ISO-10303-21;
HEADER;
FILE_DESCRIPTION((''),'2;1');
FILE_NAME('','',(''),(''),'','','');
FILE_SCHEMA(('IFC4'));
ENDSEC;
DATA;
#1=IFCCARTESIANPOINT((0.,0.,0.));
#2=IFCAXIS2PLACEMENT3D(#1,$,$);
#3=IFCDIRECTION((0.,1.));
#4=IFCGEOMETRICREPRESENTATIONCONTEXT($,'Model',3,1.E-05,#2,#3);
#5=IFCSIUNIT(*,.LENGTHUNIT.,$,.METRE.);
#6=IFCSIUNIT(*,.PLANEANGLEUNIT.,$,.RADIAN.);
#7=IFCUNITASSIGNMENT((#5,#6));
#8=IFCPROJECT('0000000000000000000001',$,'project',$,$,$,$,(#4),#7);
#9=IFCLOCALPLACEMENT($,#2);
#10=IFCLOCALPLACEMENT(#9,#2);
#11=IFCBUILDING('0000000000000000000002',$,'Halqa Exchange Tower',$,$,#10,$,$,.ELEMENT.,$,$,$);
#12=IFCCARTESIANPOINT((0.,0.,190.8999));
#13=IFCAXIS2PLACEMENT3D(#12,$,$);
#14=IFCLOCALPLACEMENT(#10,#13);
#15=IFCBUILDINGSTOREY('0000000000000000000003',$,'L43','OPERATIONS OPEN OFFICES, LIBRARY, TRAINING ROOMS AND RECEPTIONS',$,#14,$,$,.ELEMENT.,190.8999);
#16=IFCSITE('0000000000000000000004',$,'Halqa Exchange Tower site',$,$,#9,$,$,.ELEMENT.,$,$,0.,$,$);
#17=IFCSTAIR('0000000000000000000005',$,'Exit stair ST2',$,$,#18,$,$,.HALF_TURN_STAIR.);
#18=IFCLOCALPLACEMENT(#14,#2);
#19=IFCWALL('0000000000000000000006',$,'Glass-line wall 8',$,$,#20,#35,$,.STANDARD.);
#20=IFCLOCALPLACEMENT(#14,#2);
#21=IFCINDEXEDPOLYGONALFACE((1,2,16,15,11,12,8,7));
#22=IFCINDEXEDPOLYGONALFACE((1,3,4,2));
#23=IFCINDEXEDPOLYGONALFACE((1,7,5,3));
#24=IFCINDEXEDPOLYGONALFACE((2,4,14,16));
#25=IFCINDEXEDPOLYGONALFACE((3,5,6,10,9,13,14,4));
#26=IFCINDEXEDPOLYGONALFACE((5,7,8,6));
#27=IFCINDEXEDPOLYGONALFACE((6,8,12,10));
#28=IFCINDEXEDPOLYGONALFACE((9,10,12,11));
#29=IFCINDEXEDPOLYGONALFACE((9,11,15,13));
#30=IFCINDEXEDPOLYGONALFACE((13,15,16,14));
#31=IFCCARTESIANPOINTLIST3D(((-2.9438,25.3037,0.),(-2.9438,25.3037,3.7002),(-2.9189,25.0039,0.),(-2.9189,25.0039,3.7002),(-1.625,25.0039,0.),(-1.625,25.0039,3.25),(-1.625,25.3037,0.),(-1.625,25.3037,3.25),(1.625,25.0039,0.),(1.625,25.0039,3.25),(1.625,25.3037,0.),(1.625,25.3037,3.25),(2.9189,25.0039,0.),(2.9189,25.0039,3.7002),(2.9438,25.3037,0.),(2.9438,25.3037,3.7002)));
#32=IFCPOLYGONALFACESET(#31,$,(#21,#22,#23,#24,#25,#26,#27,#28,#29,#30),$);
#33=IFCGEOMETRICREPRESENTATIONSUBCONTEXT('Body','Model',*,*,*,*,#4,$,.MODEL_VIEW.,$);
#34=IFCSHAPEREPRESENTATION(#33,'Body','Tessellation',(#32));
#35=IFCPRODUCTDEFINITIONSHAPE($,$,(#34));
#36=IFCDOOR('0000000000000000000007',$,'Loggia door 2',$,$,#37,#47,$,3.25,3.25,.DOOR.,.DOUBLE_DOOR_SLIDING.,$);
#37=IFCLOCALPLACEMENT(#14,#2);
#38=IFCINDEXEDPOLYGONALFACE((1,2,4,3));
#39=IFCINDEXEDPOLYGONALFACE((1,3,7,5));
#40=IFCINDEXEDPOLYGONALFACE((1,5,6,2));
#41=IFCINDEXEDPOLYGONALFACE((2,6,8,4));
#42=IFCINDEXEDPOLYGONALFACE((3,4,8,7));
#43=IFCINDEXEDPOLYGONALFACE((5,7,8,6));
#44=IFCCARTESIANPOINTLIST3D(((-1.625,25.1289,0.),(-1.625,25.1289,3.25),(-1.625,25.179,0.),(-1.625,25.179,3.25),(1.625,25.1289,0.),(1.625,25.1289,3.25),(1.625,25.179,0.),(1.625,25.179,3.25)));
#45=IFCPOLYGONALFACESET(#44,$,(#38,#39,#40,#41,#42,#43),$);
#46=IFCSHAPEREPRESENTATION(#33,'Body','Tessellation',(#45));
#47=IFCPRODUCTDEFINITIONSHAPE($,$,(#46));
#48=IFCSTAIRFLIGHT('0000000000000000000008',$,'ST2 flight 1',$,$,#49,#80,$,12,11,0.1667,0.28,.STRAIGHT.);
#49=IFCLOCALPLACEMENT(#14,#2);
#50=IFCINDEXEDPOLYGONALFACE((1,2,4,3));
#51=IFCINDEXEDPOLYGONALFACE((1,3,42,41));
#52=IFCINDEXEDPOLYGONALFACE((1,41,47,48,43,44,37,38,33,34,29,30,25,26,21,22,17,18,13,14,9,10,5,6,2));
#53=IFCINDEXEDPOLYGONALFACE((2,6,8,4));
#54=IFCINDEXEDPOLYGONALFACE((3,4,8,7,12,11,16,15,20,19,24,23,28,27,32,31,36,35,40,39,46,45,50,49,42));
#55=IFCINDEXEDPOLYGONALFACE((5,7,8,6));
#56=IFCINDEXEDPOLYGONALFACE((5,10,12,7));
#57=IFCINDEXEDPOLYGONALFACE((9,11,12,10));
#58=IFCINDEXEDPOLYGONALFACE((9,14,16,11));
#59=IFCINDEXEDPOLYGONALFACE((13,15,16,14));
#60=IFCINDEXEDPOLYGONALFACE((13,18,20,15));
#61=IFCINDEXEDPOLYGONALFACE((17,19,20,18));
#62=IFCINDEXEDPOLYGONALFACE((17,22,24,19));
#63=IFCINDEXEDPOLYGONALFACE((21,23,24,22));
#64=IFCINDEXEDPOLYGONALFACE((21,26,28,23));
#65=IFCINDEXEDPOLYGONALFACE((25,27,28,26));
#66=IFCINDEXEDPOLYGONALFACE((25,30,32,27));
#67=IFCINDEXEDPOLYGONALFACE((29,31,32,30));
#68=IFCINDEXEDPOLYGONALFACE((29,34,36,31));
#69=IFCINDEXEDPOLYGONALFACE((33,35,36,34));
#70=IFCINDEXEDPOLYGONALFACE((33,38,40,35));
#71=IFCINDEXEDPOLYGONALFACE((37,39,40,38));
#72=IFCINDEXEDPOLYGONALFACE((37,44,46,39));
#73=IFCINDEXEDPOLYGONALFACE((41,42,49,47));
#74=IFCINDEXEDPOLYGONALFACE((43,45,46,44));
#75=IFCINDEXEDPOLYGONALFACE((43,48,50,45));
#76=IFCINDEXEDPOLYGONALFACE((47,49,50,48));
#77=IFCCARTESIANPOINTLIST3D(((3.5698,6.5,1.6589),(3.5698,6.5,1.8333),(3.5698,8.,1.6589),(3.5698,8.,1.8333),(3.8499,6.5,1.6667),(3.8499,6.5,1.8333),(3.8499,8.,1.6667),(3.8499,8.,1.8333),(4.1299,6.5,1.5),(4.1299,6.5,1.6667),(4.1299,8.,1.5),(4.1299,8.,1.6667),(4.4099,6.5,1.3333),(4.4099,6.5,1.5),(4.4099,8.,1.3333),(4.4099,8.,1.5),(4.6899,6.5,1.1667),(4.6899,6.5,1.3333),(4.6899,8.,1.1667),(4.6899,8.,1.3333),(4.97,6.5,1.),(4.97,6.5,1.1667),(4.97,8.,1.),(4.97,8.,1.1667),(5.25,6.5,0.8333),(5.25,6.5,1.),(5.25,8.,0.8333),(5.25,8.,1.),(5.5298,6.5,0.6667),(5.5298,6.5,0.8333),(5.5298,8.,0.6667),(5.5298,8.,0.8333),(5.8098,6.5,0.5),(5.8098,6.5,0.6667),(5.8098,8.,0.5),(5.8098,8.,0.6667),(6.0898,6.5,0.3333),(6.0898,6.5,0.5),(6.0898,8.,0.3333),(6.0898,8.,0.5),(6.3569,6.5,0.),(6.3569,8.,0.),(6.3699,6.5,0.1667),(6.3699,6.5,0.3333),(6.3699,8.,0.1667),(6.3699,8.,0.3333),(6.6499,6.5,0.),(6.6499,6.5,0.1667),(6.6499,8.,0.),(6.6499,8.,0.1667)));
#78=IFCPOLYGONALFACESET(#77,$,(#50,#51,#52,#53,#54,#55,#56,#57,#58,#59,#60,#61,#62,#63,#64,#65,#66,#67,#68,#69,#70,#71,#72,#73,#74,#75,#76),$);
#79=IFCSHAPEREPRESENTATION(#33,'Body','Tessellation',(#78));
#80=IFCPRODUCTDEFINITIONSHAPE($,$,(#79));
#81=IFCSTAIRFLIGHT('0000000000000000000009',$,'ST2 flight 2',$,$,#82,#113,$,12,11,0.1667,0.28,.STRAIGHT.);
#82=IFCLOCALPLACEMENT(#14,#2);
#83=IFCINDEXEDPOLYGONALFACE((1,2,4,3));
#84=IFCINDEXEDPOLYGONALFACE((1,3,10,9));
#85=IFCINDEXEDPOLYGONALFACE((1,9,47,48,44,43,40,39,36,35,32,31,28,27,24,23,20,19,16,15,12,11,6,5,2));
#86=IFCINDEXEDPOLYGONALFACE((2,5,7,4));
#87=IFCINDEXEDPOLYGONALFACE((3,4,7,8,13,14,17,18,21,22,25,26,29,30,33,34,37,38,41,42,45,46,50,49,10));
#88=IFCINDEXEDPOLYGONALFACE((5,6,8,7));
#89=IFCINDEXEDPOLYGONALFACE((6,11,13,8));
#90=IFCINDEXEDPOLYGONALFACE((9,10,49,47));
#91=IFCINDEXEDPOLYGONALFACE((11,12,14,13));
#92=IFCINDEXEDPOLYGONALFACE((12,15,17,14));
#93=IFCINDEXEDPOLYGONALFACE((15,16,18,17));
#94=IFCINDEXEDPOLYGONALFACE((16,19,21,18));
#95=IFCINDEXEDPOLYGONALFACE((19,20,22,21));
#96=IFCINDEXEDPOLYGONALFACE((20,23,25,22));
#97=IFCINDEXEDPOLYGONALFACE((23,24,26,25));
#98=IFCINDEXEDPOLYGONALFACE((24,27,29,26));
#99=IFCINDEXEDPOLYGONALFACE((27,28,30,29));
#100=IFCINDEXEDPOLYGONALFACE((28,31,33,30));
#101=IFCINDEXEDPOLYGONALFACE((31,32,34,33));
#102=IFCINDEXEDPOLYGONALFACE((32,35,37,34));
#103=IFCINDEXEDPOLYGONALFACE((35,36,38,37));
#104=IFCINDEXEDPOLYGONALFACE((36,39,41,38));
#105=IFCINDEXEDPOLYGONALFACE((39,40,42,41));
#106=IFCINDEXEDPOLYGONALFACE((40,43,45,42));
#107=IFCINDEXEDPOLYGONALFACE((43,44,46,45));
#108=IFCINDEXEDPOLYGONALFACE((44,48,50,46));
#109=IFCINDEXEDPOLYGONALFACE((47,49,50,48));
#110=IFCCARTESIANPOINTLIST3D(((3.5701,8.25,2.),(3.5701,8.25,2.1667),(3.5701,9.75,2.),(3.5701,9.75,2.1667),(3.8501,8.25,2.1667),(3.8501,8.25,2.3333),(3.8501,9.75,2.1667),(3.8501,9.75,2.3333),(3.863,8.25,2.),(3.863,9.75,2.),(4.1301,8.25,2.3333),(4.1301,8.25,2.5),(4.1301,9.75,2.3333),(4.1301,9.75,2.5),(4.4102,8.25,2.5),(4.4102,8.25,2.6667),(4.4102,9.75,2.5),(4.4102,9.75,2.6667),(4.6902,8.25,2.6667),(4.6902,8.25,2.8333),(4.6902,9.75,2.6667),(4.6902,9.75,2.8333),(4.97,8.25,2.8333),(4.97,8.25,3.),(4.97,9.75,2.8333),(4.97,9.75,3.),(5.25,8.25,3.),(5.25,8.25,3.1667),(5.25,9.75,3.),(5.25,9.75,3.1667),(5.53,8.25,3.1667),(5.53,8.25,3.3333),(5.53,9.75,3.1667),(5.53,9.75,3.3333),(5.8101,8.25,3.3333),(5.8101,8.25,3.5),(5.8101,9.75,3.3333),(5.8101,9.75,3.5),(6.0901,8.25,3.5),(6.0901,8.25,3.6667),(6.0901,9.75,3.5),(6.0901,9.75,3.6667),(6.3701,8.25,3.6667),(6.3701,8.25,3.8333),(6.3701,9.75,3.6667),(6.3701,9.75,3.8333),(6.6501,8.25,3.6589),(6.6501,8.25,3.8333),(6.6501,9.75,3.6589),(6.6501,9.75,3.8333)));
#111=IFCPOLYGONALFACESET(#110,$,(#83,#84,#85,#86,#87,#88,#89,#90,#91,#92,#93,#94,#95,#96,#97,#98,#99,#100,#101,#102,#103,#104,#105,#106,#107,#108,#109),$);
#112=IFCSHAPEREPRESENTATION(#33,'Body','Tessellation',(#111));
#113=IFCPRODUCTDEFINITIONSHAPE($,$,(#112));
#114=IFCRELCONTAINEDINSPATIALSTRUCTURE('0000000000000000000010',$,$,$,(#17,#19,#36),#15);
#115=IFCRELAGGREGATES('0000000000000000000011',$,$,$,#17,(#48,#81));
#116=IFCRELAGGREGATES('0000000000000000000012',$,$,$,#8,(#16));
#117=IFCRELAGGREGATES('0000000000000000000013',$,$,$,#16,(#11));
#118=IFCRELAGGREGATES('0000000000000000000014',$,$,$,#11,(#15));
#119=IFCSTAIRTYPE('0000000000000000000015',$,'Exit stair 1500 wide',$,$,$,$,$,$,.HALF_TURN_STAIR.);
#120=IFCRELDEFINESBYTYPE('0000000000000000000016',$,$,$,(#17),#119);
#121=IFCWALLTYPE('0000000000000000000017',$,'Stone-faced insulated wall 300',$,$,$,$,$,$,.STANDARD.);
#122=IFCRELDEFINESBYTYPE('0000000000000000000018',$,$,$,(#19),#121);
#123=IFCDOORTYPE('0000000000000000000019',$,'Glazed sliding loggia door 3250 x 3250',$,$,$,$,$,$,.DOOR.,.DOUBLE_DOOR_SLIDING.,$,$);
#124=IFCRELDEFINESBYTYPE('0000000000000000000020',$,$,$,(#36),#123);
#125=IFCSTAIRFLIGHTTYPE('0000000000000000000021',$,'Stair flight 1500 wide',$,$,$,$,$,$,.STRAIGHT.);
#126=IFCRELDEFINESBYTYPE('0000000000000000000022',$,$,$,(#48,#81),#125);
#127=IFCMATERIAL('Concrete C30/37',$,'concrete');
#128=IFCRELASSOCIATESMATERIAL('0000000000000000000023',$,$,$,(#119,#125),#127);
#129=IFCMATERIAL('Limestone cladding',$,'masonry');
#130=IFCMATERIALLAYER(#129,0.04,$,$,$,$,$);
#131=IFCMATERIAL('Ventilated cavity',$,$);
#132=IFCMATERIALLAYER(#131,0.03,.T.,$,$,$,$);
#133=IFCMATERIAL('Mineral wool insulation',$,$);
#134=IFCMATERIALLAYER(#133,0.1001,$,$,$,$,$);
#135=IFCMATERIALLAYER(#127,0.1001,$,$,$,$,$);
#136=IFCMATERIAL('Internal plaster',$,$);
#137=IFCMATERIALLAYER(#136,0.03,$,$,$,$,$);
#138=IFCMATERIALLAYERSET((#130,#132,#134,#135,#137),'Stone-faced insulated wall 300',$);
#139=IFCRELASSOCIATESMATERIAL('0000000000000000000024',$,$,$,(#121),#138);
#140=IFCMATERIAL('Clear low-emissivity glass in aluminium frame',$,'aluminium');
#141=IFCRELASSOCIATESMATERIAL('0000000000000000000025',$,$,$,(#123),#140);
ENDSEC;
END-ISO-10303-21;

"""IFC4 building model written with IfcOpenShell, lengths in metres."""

from ifc_helpers import new_model, si_unit, direction, frame, frame_2d, origin, place, context, subcontext, project, spatial, polyline, rectangle, outline, extrude, material, layer, layer_set, type_object, element, fill, aggregate, save


model = new_model("IFC4")

# Units and contexts
model_context = context("Model", 3, precision=1e-05, world=origin(), true_north=direction((0.0, 1.0)))
body_context = subcontext(model_context, "Body", "Model", "MODEL_VIEW")
ifc_project = project(units=[si_unit("LENGTHUNIT", "METRE"), si_unit("PLANEANGLEUNIT", "RADIAN")], contexts=[model_context])

# Site, building, storey
site_placement = place(None, origin())
site = spatial("IfcSite", under=ifc_project, at=site_placement, Name="Halqa Exchange Tower site", CompositionType="ELEMENT", RefElevation=0.0)
building_placement = place(site_placement, origin())
building = spatial("IfcBuilding", under=site, at=building_placement, Name="Halqa Exchange Tower", CompositionType="ELEMENT")
storey_placement = place(building_placement, frame((0.0, 0.0, 190.8999)))
storey = spatial("IfcBuildingStorey", under=building, at=storey_placement, Name="L43", Description="OPERATIONS OPEN OFFICES, LIBRARY, TRAINING ROOMS AND RECEPTIONS", CompositionType="ELEMENT", Elevation=190.8999)

# Stair
ifc_material_1 = material(Name="Concrete C30/37", Category="concrete")
stair_type = type_object("IfcStairType", Name="Exit stair 1500 wide", PredefinedType="HALF_TURN_STAIR", material=ifc_material_1)
stair_1_placement = place(storey_placement, origin())
stair_1 = element("IfcStair", 1, at=stair_1_placement, inside=storey, type_object=stair_type, Name="Exit stair ST2", PredefinedType="HALF_TURN_STAIR")

# Shared definitions
ifc_material_2 = material(Name="Limestone cladding", Category="masonry")
ifc_layer_1 = layer(ifc_material_2, 0.04)
ifc_material_3 = material(Name="Ventilated cavity")
ifc_layer_2 = layer(ifc_material_3, 0.03, ventilated=True)
ifc_material_4 = material(Name="Mineral wool insulation")
ifc_layer_3 = layer(ifc_material_4, 0.1001)
ifc_layer_4 = layer(ifc_material_1, 0.1001)
ifc_material_5 = material(Name="Internal plaster")
ifc_layer_5 = layer(ifc_material_5, 0.03)
ifc_layer_set_1 = layer_set([ifc_layer_1, ifc_layer_2, ifc_layer_3, ifc_layer_4, ifc_layer_5], Name="Stone-faced insulated wall 300")
wall_type_1 = type_object("IfcWallType", Name="Stone-faced insulated wall 300", PredefinedType="STANDARD", material=ifc_layer_set_1)
ifc_material_6 = material(Name="Clear low-emissivity glass in aluminium frame", Category="aluminium")

# Wall, opening, door
wall_1_placement = place(storey_placement, frame((2.9314, 25.1538, 0.0), z_axis=(0.0, 0.0, 1.0), x_axis=(-1.0, 0.0, 0.0)))
wall_1 = element("IfcWall", 2, at=wall_1_placement, inside=storey, type_object=wall_type_1, Name="Glass-line wall 8", PredefinedType="STANDARD", context=body_context, shape_type="SweptSolid", body=[
    extrude(outline(polyline([(-0.0125, -0.1499), (5.8752, -0.1499), (5.8503, 0.1499), (0.0125, 0.1499), (-0.0125, -0.1499)])), origin(), (0.0, 0.0, 1.0), 3.7002),
])
opening_1_placement = place(wall_1_placement, frame((1.3064, 0.0, 0.0)))
opening_1 = element("IfcOpeningElement", 3, at=opening_1_placement, cuts=wall_1, PredefinedType="OPENING", context=body_context, shape_type="SweptSolid", body=[
    extrude(rectangle(XDim=3.25, YDim=3.25, at=frame_2d((1.625, 1.625))), frame((0.0, 0.1621, 0.0), z_axis=(0.0, -1.0, 0.0), x_axis=(1.0, 0.0, 0.0)), (0.0, 0.0, 1.0), 0.324),
])
door_type_1 = type_object("IfcDoorType", Name="Glazed sliding loggia door 3250 x 3250", OperationType="DOUBLE_DOOR_SLIDING", PredefinedType="DOOR", material=ifc_material_6)
door_1_placement = place(opening_1_placement, origin())
door_1 = element("IfcDoor", 4, at=door_1_placement, inside=storey, type_object=door_type_1, Name="Loggia door 2", OperationType="DOUBLE_DOOR_SLIDING", OverallHeight=3.25, OverallWidth=3.25, PredefinedType="DOOR", context=body_context, shape_type="SweptSolid", body=[
    extrude(rectangle(XDim=3.25, YDim=3.25, at=frame_2d((1.625, 1.625))), frame((0.0, 0.0249, 0.0), z_axis=(0.0, -1.0, 0.0), x_axis=(1.0, 0.0, 0.0)), (0.0, 0.0, 1.0), 0.05),
])
fill(opening_1, door_1)

# Stair flights
stair_flight_type = type_object("IfcStairFlightType", Name="Stair flight 1500 wide", PredefinedType="STRAIGHT", material=ifc_material_1)
stair_flight_1_placement = place(storey_placement, frame((6.6499, 7.25, 0.0), z_axis=(0.0, 0.0, 1.0), x_axis=(-1.0, 0.0, 0.0)))
stair_flight_1 = element("IfcStairFlight", 5, at=stair_flight_1_placement, type_object=stair_flight_type, Name="ST2 flight 1", NumberOfRisers=12, NumberOfTreads=11, PredefinedType="STRAIGHT", RiserHeight=0.1667, TreadLength=0.28, context=body_context, shape_type="SweptSolid", body=[
    extrude(outline(polyline([(0.0, 0.0), (0.0, 0.1667), (0.28, 0.1667), (0.28, 0.3333), (0.5601, 0.3333), (0.5601, 0.5), (0.8401, 0.5), (0.8401, 0.6667), (1.1201, 0.6667), (1.1201, 0.8333), (1.3999, 0.8333), (1.3999, 1.0), (1.6799, 1.0), (1.6799, 1.1667), (1.96, 1.1667), (1.96, 1.3333), (2.24, 1.3333), (2.24, 1.5), (2.52, 1.5), (2.52, 1.6667), (2.8, 1.6667), (2.8, 1.8333), (3.0801, 1.8333), (3.0801, 2.0), (3.0801, 1.6589), (0.293, 0.0), (0.0, 0.0)])), frame((0.0, 0.75, 0.0), z_axis=(0.0, -1.0, 0.0), x_axis=(1.0, 0.0, 0.0)), (0.0, 0.0, 1.0), 1.5),
])
stair_flight_2_placement = place(storey_placement, frame((3.5701, 9.0, 2.0), z_axis=(0.0, 0.0, 1.0), x_axis=(1.0, 0.0, 0.0)))
stair_flight_2 = element("IfcStairFlight", 6, at=stair_flight_2_placement, type_object=stair_flight_type, Name="ST2 flight 2", NumberOfRisers=12, NumberOfTreads=11, PredefinedType="STRAIGHT", RiserHeight=0.1667, TreadLength=0.28, context=body_context, shape_type="SweptSolid", body=[
    extrude(outline(polyline([(0.0, 0.0), (0.0, 0.1667), (0.28, 0.1667), (0.28, 0.3333), (0.5601, 0.3333), (0.5601, 0.5), (0.8401, 0.5), (0.8401, 0.6667), (1.1201, 0.6667), (1.1201, 0.8333), (1.3999, 0.8333), (1.3999, 1.0), (1.6799, 1.0), (1.6799, 1.1667), (1.96, 1.1667), (1.96, 1.3333), (2.24, 1.3333), (2.24, 1.5), (2.52, 1.5), (2.52, 1.6667), (2.8, 1.6667), (2.8, 1.8333), (3.0801, 1.8333), (3.0801, 2.0), (3.0801, 1.6589), (0.293, 0.0), (0.0, 0.0)])), frame((0.0, 0.75, 0.0), z_axis=(0.0, -1.0, 0.0), x_axis=(1.0, 0.0, 0.0)), (0.0, 0.0, 1.0), 1.5),
])
aggregate(stair_1, [stair_flight_1, stair_flight_2])

save(model, "model.ifc")
